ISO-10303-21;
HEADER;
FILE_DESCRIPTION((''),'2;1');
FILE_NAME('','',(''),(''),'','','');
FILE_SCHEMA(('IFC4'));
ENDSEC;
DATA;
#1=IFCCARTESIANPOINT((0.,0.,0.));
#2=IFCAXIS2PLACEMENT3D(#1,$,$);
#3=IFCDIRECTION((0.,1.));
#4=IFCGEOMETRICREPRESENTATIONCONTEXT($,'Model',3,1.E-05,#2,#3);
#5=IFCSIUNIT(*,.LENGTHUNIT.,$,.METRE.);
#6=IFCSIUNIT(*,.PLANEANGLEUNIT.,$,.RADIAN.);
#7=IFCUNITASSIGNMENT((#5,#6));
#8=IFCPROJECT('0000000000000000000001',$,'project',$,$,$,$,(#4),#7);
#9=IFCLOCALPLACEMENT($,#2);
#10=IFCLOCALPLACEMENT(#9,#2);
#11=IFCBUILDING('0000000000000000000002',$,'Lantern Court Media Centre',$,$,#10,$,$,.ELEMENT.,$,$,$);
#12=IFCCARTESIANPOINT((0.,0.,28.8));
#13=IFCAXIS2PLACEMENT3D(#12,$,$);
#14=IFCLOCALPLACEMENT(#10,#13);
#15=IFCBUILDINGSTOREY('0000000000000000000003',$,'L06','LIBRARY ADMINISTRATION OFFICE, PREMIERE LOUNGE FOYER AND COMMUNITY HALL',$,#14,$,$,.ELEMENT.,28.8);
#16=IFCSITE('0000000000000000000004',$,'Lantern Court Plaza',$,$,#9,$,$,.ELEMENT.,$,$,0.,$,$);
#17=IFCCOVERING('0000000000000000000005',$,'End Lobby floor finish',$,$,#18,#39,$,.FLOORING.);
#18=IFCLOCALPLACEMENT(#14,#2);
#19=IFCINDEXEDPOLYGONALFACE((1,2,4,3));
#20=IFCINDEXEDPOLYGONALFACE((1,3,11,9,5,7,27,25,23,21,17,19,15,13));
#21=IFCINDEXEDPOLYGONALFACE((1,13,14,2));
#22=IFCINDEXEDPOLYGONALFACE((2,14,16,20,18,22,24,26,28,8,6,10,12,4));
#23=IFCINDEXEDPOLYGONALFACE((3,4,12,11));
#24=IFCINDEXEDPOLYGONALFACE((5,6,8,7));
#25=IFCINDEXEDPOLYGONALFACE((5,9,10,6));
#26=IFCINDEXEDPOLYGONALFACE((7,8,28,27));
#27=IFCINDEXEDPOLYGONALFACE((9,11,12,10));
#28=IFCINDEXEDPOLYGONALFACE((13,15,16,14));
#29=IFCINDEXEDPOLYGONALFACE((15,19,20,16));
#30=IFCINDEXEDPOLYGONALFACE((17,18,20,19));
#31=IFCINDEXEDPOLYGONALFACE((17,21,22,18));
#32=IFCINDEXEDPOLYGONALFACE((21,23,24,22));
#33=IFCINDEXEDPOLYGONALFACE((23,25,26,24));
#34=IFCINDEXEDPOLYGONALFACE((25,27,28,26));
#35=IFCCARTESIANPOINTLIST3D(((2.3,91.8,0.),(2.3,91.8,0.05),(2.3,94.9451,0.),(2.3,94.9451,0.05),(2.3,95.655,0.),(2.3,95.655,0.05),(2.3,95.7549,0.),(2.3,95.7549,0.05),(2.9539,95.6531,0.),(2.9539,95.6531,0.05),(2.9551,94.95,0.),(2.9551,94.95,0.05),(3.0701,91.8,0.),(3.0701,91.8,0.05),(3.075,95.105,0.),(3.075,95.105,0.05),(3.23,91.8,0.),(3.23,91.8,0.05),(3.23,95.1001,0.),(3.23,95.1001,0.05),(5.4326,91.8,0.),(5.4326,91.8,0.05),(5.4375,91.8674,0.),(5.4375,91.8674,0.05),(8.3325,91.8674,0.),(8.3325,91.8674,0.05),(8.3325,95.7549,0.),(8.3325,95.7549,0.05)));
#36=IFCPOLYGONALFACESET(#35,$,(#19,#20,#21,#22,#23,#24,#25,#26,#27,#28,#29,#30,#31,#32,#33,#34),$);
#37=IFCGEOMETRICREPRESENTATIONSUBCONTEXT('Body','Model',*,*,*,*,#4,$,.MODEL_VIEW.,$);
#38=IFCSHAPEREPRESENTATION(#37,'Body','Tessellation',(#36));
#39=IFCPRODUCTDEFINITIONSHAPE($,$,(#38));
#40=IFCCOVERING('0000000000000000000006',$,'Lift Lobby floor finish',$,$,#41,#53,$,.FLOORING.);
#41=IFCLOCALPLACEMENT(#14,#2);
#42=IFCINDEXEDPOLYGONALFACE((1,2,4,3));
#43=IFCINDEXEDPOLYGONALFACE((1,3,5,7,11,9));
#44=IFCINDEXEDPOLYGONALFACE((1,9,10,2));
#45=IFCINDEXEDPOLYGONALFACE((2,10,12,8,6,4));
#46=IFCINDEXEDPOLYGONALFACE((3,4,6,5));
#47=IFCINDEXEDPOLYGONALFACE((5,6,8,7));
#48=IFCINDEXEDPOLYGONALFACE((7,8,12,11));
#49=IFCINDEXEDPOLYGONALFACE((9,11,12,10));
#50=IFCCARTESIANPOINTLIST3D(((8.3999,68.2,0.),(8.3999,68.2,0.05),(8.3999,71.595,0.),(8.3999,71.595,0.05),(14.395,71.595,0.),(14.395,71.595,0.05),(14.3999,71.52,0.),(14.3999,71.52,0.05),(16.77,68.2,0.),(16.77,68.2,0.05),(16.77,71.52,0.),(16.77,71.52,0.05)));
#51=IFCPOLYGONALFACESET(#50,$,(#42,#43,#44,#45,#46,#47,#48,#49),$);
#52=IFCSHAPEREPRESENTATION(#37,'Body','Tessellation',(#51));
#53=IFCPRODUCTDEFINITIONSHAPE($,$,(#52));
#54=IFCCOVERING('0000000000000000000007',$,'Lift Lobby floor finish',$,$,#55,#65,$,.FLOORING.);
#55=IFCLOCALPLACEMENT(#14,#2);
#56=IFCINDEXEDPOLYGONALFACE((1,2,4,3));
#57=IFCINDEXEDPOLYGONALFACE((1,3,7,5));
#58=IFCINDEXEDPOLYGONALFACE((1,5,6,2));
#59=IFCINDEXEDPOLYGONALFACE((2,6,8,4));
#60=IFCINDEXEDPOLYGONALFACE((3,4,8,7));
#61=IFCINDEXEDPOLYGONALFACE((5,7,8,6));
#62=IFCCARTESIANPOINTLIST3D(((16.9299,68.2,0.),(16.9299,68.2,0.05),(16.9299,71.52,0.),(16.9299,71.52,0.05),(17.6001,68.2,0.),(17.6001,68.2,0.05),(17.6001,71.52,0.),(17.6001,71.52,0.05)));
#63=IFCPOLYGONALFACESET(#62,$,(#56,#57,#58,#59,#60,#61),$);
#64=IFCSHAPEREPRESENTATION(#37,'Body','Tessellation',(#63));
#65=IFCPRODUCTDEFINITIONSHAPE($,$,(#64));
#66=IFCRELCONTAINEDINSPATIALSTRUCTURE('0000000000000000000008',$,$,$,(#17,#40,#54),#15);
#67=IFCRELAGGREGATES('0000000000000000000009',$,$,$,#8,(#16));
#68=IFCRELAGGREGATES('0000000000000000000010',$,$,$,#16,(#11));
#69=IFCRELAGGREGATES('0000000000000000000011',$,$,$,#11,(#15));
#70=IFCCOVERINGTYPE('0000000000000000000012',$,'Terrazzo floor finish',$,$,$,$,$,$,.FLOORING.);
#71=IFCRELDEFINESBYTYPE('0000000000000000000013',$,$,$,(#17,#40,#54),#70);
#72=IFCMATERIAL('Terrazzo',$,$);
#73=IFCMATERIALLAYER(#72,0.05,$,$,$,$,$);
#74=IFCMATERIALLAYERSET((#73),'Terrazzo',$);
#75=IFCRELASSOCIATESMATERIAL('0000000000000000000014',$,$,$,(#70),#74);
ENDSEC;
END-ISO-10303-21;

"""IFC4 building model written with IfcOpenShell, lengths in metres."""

from ifc_helpers import new_model, si_unit, direction, frame, origin, place, context, subcontext, project, spatial, polyline, outline, extrude, material, layer, layer_set, type_object, element, save


model = new_model("IFC4")

# Units and contexts
model_context = context("Model", 3, precision=1e-05, world=origin(), true_north=direction((0.0, 1.0)))
body_context = subcontext(model_context, "Body", "Model", "MODEL_VIEW")
ifc_project = project(units=[si_unit("LENGTHUNIT", "METRE"), si_unit("PLANEANGLEUNIT", "RADIAN")], contexts=[model_context])

# Site, building, storey
site_placement = place(None, origin())
site = spatial("IfcSite", under=ifc_project, at=site_placement, Name="Lantern Court Plaza", CompositionType="ELEMENT", RefElevation=0.0)
building_placement = place(site_placement, origin())
building = spatial("IfcBuilding", under=site, at=building_placement, Name="Lantern Court Media Centre", CompositionType="ELEMENT")
storey_placement = place(building_placement, frame((0.0, 0.0, 28.8)))
storey = spatial("IfcBuildingStorey", under=building, at=storey_placement, Name="L06", Description="LIBRARY ADMINISTRATION OFFICE, PREMIERE LOUNGE FOYER AND COMMUNITY HALL", CompositionType="ELEMENT", Elevation=28.8)

# Coverings
ifc_material_1 = material(Name="Terrazzo")
ifc_layer_1 = layer(ifc_material_1, 0.05)
ifc_layer_set_1 = layer_set([ifc_layer_1], Name="Terrazzo")
covering_type_1 = type_object("IfcCoveringType", Name="Terrazzo floor finish", PredefinedType="FLOORING", material=ifc_layer_set_1)
covering_1_placement = place(storey_placement, origin())
element("IfcCovering", 1, at=covering_1_placement, inside=storey, type_object=covering_type_1, Name="End Lobby floor finish", PredefinedType="FLOORING", context=body_context, shape_type="SweptSolid", body=[
    extrude(outline(polyline([(2.3, 95.7549), (8.3325, 95.7549), (8.3325, 91.8674), (5.4375, 91.8674), (5.4326, 91.8), (3.23, 91.8), (3.23, 95.1001), (3.075, 95.105), (3.0701, 91.8), (2.3, 91.8), (2.3, 94.9451), (2.9551, 94.95), (2.9539, 95.6531), (2.3, 95.655), (2.3, 95.7549)])), origin(), (0.0, 0.0, 1.0), 0.05),
])
covering_2_placement = place(storey_placement, origin())
element("IfcCovering", 2, at=covering_2_placement, inside=storey, type_object=covering_type_1, Name="Lift Lobby floor finish", PredefinedType="FLOORING", context=body_context, shape_type="SweptSolid", body=[
    extrude(outline(polyline([(8.3999, 68.2), (8.3999, 71.595), (14.395, 71.595), (14.3999, 71.52), (16.77, 71.52), (16.77, 68.2), (8.3999, 68.2)])), origin(), (0.0, 0.0, 1.0), 0.05),
])
covering_3_placement = place(storey_placement, origin())
element("IfcCovering", 3, at=covering_3_placement, inside=storey, type_object=covering_type_1, Name="Lift Lobby floor finish", PredefinedType="FLOORING", context=body_context, shape_type="SweptSolid", body=[
    extrude(outline(polyline([(17.6001, 68.2), (16.9299, 68.2), (16.9299, 71.52), (17.6001, 71.52), (17.6001, 68.2)])), origin(), (0.0, 0.0, 1.0), 0.05),
])

save(model, "model.ifc")
